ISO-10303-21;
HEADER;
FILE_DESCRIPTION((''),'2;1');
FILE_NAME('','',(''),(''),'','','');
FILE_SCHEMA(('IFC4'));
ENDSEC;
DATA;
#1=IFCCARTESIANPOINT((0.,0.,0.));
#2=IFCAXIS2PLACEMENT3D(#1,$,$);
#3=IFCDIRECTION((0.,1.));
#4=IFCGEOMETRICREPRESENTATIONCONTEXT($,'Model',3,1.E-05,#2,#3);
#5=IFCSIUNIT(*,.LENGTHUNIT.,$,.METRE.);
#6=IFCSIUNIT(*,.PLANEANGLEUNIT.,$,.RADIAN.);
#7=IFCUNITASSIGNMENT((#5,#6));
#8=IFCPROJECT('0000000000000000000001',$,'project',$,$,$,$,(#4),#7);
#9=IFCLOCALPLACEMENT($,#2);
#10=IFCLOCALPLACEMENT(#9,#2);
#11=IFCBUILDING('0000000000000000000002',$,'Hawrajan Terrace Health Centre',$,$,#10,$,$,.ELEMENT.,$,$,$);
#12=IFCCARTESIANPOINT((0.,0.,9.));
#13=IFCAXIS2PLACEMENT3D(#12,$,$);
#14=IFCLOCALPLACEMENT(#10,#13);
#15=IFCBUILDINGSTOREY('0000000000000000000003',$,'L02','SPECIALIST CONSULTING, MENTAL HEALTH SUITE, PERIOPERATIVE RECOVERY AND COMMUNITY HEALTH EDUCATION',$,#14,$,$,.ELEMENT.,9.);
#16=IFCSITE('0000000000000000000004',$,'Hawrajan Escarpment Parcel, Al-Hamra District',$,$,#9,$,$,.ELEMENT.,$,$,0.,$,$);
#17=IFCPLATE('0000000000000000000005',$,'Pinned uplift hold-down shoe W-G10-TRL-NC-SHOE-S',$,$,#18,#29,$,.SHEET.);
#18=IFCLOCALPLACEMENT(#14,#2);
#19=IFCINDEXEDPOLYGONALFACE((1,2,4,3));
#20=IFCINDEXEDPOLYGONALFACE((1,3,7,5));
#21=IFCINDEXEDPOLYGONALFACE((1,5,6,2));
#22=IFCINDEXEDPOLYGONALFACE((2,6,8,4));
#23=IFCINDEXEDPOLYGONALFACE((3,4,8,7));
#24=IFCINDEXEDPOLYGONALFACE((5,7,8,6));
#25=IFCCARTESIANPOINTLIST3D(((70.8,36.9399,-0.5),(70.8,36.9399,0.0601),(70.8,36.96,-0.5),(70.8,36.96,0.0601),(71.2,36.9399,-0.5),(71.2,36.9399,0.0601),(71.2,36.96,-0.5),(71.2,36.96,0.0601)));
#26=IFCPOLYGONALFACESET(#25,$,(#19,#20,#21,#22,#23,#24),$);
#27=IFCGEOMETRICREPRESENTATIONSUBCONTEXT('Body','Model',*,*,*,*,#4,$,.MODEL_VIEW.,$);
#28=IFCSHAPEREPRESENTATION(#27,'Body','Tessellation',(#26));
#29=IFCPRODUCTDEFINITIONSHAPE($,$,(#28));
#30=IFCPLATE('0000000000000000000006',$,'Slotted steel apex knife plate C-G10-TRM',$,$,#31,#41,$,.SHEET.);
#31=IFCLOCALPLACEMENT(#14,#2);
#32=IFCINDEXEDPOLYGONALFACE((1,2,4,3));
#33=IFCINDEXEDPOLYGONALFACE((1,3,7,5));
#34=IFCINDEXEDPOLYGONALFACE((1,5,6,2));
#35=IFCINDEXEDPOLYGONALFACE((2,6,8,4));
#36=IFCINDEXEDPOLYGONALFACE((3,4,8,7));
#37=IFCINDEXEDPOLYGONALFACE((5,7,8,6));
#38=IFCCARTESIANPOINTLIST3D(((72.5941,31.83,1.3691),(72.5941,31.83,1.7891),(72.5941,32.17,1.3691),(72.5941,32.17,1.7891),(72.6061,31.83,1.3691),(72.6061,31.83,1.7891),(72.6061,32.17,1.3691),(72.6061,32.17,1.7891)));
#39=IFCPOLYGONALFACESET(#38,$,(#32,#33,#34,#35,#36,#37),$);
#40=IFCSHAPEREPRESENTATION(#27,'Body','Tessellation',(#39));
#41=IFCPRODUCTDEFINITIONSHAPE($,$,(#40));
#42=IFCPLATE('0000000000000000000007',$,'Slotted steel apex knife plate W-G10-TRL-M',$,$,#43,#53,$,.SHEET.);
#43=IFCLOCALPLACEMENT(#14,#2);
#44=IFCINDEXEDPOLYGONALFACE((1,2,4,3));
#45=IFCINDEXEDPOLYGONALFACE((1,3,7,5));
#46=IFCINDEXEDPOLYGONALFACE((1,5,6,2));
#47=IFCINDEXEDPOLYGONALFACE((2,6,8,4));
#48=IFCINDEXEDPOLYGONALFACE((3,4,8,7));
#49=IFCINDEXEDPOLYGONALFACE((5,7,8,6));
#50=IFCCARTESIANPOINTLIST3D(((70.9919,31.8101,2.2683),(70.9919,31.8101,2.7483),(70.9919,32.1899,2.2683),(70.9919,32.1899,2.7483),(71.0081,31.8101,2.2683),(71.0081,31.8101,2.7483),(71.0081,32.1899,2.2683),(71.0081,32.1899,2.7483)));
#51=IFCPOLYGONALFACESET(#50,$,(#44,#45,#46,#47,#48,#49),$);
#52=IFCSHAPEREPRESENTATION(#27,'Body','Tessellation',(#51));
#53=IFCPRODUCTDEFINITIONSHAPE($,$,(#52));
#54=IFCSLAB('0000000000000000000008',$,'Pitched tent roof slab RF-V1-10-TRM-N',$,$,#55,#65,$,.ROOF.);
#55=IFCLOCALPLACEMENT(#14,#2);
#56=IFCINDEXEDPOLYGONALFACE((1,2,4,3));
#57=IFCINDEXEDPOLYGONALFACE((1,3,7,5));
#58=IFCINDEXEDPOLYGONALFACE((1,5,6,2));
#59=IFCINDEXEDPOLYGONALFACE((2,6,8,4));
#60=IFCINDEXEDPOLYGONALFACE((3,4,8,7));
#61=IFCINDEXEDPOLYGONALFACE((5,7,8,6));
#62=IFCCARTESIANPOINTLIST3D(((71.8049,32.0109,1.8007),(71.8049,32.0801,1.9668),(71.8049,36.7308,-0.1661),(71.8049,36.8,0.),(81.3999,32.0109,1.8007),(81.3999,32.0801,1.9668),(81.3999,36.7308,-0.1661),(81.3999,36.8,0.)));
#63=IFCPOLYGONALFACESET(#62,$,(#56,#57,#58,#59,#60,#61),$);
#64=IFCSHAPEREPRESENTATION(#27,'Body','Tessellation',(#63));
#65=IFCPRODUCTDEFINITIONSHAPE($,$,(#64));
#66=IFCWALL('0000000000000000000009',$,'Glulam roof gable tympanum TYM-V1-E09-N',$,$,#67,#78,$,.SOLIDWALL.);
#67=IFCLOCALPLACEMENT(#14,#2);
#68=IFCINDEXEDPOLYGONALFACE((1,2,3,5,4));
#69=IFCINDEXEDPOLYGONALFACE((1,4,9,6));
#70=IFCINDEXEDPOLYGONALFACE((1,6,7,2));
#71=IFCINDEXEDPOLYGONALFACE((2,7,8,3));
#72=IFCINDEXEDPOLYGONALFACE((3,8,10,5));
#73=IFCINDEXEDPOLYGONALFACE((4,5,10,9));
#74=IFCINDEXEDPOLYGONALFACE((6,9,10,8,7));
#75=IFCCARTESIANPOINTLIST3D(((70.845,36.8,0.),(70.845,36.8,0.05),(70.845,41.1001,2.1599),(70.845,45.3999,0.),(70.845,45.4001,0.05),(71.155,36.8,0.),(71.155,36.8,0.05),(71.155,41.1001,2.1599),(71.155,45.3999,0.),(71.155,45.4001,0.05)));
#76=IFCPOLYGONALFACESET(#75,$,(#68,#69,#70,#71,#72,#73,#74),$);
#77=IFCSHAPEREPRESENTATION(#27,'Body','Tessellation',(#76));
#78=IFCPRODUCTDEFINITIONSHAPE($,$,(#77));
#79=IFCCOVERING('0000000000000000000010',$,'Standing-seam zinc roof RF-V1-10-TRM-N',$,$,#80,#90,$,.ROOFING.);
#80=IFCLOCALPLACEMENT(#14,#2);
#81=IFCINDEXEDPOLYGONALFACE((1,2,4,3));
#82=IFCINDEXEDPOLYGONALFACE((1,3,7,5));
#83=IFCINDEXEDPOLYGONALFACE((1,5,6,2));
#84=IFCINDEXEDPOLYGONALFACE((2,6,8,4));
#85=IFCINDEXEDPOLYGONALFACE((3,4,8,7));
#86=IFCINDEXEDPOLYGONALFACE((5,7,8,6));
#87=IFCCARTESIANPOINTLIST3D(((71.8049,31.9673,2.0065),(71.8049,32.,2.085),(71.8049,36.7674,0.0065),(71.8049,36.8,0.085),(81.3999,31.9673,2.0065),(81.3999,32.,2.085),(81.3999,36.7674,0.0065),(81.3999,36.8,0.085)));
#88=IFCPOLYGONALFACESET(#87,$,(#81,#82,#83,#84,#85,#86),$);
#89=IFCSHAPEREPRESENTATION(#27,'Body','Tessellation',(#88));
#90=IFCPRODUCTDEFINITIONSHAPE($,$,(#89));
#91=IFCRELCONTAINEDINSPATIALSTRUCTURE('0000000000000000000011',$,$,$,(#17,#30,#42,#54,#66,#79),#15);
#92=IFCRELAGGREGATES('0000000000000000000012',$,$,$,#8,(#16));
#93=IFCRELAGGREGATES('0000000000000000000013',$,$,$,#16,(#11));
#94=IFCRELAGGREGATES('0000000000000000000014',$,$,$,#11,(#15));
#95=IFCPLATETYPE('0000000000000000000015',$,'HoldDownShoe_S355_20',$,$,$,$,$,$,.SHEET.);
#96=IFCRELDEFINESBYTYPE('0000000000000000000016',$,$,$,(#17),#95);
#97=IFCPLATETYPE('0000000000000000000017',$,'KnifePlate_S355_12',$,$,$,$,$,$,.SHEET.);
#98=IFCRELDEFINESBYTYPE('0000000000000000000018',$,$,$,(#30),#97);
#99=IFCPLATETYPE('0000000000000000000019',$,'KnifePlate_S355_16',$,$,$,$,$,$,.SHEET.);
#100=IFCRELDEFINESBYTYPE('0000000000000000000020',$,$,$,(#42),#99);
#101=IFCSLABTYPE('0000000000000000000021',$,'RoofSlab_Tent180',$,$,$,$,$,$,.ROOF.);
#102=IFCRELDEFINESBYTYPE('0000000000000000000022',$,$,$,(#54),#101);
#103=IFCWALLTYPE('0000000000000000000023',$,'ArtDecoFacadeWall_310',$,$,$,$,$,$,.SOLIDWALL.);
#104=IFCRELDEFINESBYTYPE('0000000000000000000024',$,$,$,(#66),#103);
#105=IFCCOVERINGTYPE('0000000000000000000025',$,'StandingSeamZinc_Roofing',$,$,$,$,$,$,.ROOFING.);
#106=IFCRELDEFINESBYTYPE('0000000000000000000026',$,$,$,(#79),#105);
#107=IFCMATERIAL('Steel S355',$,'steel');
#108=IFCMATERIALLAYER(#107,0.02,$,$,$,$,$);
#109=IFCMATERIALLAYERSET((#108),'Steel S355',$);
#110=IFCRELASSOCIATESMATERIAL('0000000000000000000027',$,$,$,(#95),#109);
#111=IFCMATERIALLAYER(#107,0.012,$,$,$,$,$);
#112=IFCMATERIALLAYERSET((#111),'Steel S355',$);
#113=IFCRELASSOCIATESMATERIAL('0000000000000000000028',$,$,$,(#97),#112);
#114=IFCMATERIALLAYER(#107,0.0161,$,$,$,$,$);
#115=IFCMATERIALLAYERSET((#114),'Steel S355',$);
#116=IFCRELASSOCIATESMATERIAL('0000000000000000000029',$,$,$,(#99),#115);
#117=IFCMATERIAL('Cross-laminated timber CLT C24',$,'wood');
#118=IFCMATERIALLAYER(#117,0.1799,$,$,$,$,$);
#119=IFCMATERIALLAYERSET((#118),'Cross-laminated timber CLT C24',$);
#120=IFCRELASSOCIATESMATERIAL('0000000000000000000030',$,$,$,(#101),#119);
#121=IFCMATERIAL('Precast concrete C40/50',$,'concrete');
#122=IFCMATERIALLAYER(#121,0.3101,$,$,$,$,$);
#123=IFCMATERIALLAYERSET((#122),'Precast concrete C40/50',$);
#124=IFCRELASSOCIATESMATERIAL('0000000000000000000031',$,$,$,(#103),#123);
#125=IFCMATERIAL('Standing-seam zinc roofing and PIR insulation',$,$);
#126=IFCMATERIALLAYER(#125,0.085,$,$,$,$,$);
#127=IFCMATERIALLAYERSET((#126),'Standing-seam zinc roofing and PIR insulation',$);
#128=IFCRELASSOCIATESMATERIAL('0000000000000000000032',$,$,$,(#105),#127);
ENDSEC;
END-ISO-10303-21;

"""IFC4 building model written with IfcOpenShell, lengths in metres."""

from ifc_helpers import new_model, si_unit, direction, frame, origin, origin_2d, place, context, subcontext, project, spatial, polyline, rectangle, outline, extrude, material, layer, layer_set, type_object, element, save


model = new_model("IFC4")

# Units and contexts
model_context = context("Model", 3, precision=1e-05, world=origin(), true_north=direction((0.0, 1.0)))
body_context = subcontext(model_context, "Body", "Model", "MODEL_VIEW")
ifc_project = project(units=[si_unit("LENGTHUNIT", "METRE"), si_unit("PLANEANGLEUNIT", "RADIAN")], contexts=[model_context])

# Site, building, storey
site_placement = place(None, origin())
site = spatial("IfcSite", under=ifc_project, at=site_placement, Name="Hawrajan Escarpment Parcel, Al-Hamra District", CompositionType="ELEMENT", RefElevation=0.0)
building_placement = place(site_placement, origin())
building = spatial("IfcBuilding", under=site, at=building_placement, Name="Hawrajan Terrace Health Centre", CompositionType="ELEMENT")
storey_placement = place(building_placement, frame((0.0, 0.0, 9.0)))
storey = spatial("IfcBuildingStorey", under=building, at=storey_placement, Name="L02", Description="SPECIALIST CONSULTING, MENTAL HEALTH SUITE, PERIOPERATIVE RECOVERY AND COMMUNITY HEALTH EDUCATION", CompositionType="ELEMENT", Elevation=9.0)

# Plates
ifc_material_1 = material(Name="Steel S355", Category="steel")
ifc_layer_1 = layer(ifc_material_1, 0.02)
ifc_layer_set_1 = layer_set([ifc_layer_1], Name="Steel S355")
plate_type_1 = type_object("IfcPlateType", Name="HoldDownShoe_S355_20", PredefinedType="SHEET", material=ifc_layer_set_1)
for number, where, z_axis, x_axis, name in (
    (1, (71.0, 36.95, -0.5), (0.0, 0.0, 1.0), (1.0, 0.0, 0.0), "Pinned uplift hold-down shoe W-G10-TRL-NC-SHOE-S"),
):
    element("IfcPlate", number, at=place(storey_placement, frame(where, z_axis=z_axis, x_axis=x_axis)), inside=storey, type_object=plate_type_1, Name=name, PredefinedType="SHEET", context=body_context, shape_type="SweptSolid", body=[
        extrude(rectangle(XDim=0.3999, YDim=0.02, at=origin_2d()), origin(), (0.0, 0.0, 1.0), 0.5601),
    ])
ifc_layer_2 = layer(ifc_material_1, 0.012)
ifc_layer_set_2 = layer_set([ifc_layer_2], Name="Steel S355")
plate_type_2 = type_object("IfcPlateType", Name="KnifePlate_S355_12", PredefinedType="SHEET", material=ifc_layer_set_2)
plate_1_placement = place(storey_placement, frame((72.6001, 32.0, 1.3691), z_axis=(0.0, 0.0, 1.0), x_axis=(1.0, 0.0, 0.0)))
element("IfcPlate", 2, at=plate_1_placement, inside=storey, type_object=plate_type_2, Name="Slotted steel apex knife plate C-G10-TRM", PredefinedType="SHEET", context=body_context, shape_type="SweptSolid", body=[
    extrude(rectangle(XDim=0.012, YDim=0.3401, at=origin_2d()), origin(), (0.0, 0.0, 1.0), 0.4199),
])
ifc_layer_3 = layer(ifc_material_1, 0.0161)
ifc_layer_set_3 = layer_set([ifc_layer_3], Name="Steel S355")
plate_type_3 = type_object("IfcPlateType", Name="KnifePlate_S355_16", PredefinedType="SHEET", material=ifc_layer_set_3)
plate_2_placement = place(storey_placement, frame((71.0, 32.0, 2.2683), z_axis=(0.0, 0.0, 1.0), x_axis=(1.0, 0.0, 0.0)))
element("IfcPlate", 3, at=plate_2_placement, inside=storey, type_object=plate_type_3, Name="Slotted steel apex knife plate W-G10-TRL-M", PredefinedType="SHEET", context=body_context, shape_type="SweptSolid", body=[
    extrude(rectangle(XDim=0.0161, YDim=0.3799, at=origin_2d()), origin(), (0.0, 0.0, 1.0), 0.48),
])

# Slab
ifc_material_2 = material(Name="Cross-laminated timber CLT C24", Category="wood")
ifc_layer_4 = layer(ifc_material_2, 0.1799)
ifc_layer_set_4 = layer_set([ifc_layer_4], Name="Cross-laminated timber CLT C24")
slab_type = type_object("IfcSlabType", Name="RoofSlab_Tent180", PredefinedType="ROOF", material=ifc_layer_set_4)
slab_placement = place(storey_placement, frame((71.8049, 32.0801, 1.9668), z_axis=(0.0, 0.384639, 0.923067), x_axis=(1.0, 0.0, 0.0)))
element("IfcSlab", 4, at=slab_placement, inside=storey, type_object=slab_type, Name="Pitched tent roof slab RF-V1-10-TRM-N", PredefinedType="ROOF", context=body_context, shape_type="SweptSolid", body=[
    extrude(outline(polyline([(0.0, 0.0), (9.595, 0.0), (9.595, 5.1134), (0.0, 5.1134), (0.0, 0.0)])), origin(), (0.0, 0.0, -1.0), 0.1799),
])

# Wall
ifc_material_3 = material(Name="Precast concrete C40/50", Category="concrete")
ifc_layer_5 = layer(ifc_material_3, 0.3101)
ifc_layer_set_5 = layer_set([ifc_layer_5], Name="Precast concrete C40/50")
wall_type = type_object("IfcWallType", Name="ArtDecoFacadeWall_310", PredefinedType="SOLIDWALL", material=ifc_layer_set_5)
wall_placement = place(storey_placement, frame((71.0, 36.8, 0.0), z_axis=(0.0, 0.0, 1.0), x_axis=(0.0, 1.0, 0.0)))
element("IfcWall", 5, at=wall_placement, inside=storey, type_object=wall_type, Name="Glulam roof gable tympanum TYM-V1-E09-N", PredefinedType="SOLIDWALL", context=body_context, shape_type="SweptSolid", body=[
    extrude(outline(polyline([(0.0, 0.0), (8.5999, 0.0), (8.6001, 0.05), (4.3, 2.1599), (0.0, 0.05), (0.0, 0.0)])), frame((0.0, 0.155, 0.0), z_axis=(0.0, -1.0, 0.0), x_axis=(1.0, 0.0, 0.0)), (0.0, 0.0, 1.0), 0.3101),
])

# Covering
ifc_material_4 = material(Name="Standing-seam zinc roofing and PIR insulation")
ifc_layer_6 = layer(ifc_material_4, 0.085)
ifc_layer_set_6 = layer_set([ifc_layer_6], Name="Standing-seam zinc roofing and PIR insulation")
covering_type = type_object("IfcCoveringType", Name="StandingSeamZinc_Roofing", PredefinedType="ROOFING", material=ifc_layer_set_6)
covering_placement = place(storey_placement, frame((71.8049, 32.0, 2.085), z_axis=(0.0, 0.384612, 0.923078), x_axis=(1.0, 0.0, 0.0)))
element("IfcCovering", 6, at=covering_placement, inside=storey, type_object=covering_type, Name="Standing-seam zinc roof RF-V1-10-TRM-N", PredefinedType="ROOFING", context=body_context, shape_type="SweptSolid", body=[
    extrude(outline(polyline([(0.0, 0.0), (9.595, 0.0), (9.595, 5.2), (0.0, 5.2), (0.0, 0.0)])), origin(), (0.0, 0.0, -1.0), 0.085),
])

save(model, "model.ifc")
